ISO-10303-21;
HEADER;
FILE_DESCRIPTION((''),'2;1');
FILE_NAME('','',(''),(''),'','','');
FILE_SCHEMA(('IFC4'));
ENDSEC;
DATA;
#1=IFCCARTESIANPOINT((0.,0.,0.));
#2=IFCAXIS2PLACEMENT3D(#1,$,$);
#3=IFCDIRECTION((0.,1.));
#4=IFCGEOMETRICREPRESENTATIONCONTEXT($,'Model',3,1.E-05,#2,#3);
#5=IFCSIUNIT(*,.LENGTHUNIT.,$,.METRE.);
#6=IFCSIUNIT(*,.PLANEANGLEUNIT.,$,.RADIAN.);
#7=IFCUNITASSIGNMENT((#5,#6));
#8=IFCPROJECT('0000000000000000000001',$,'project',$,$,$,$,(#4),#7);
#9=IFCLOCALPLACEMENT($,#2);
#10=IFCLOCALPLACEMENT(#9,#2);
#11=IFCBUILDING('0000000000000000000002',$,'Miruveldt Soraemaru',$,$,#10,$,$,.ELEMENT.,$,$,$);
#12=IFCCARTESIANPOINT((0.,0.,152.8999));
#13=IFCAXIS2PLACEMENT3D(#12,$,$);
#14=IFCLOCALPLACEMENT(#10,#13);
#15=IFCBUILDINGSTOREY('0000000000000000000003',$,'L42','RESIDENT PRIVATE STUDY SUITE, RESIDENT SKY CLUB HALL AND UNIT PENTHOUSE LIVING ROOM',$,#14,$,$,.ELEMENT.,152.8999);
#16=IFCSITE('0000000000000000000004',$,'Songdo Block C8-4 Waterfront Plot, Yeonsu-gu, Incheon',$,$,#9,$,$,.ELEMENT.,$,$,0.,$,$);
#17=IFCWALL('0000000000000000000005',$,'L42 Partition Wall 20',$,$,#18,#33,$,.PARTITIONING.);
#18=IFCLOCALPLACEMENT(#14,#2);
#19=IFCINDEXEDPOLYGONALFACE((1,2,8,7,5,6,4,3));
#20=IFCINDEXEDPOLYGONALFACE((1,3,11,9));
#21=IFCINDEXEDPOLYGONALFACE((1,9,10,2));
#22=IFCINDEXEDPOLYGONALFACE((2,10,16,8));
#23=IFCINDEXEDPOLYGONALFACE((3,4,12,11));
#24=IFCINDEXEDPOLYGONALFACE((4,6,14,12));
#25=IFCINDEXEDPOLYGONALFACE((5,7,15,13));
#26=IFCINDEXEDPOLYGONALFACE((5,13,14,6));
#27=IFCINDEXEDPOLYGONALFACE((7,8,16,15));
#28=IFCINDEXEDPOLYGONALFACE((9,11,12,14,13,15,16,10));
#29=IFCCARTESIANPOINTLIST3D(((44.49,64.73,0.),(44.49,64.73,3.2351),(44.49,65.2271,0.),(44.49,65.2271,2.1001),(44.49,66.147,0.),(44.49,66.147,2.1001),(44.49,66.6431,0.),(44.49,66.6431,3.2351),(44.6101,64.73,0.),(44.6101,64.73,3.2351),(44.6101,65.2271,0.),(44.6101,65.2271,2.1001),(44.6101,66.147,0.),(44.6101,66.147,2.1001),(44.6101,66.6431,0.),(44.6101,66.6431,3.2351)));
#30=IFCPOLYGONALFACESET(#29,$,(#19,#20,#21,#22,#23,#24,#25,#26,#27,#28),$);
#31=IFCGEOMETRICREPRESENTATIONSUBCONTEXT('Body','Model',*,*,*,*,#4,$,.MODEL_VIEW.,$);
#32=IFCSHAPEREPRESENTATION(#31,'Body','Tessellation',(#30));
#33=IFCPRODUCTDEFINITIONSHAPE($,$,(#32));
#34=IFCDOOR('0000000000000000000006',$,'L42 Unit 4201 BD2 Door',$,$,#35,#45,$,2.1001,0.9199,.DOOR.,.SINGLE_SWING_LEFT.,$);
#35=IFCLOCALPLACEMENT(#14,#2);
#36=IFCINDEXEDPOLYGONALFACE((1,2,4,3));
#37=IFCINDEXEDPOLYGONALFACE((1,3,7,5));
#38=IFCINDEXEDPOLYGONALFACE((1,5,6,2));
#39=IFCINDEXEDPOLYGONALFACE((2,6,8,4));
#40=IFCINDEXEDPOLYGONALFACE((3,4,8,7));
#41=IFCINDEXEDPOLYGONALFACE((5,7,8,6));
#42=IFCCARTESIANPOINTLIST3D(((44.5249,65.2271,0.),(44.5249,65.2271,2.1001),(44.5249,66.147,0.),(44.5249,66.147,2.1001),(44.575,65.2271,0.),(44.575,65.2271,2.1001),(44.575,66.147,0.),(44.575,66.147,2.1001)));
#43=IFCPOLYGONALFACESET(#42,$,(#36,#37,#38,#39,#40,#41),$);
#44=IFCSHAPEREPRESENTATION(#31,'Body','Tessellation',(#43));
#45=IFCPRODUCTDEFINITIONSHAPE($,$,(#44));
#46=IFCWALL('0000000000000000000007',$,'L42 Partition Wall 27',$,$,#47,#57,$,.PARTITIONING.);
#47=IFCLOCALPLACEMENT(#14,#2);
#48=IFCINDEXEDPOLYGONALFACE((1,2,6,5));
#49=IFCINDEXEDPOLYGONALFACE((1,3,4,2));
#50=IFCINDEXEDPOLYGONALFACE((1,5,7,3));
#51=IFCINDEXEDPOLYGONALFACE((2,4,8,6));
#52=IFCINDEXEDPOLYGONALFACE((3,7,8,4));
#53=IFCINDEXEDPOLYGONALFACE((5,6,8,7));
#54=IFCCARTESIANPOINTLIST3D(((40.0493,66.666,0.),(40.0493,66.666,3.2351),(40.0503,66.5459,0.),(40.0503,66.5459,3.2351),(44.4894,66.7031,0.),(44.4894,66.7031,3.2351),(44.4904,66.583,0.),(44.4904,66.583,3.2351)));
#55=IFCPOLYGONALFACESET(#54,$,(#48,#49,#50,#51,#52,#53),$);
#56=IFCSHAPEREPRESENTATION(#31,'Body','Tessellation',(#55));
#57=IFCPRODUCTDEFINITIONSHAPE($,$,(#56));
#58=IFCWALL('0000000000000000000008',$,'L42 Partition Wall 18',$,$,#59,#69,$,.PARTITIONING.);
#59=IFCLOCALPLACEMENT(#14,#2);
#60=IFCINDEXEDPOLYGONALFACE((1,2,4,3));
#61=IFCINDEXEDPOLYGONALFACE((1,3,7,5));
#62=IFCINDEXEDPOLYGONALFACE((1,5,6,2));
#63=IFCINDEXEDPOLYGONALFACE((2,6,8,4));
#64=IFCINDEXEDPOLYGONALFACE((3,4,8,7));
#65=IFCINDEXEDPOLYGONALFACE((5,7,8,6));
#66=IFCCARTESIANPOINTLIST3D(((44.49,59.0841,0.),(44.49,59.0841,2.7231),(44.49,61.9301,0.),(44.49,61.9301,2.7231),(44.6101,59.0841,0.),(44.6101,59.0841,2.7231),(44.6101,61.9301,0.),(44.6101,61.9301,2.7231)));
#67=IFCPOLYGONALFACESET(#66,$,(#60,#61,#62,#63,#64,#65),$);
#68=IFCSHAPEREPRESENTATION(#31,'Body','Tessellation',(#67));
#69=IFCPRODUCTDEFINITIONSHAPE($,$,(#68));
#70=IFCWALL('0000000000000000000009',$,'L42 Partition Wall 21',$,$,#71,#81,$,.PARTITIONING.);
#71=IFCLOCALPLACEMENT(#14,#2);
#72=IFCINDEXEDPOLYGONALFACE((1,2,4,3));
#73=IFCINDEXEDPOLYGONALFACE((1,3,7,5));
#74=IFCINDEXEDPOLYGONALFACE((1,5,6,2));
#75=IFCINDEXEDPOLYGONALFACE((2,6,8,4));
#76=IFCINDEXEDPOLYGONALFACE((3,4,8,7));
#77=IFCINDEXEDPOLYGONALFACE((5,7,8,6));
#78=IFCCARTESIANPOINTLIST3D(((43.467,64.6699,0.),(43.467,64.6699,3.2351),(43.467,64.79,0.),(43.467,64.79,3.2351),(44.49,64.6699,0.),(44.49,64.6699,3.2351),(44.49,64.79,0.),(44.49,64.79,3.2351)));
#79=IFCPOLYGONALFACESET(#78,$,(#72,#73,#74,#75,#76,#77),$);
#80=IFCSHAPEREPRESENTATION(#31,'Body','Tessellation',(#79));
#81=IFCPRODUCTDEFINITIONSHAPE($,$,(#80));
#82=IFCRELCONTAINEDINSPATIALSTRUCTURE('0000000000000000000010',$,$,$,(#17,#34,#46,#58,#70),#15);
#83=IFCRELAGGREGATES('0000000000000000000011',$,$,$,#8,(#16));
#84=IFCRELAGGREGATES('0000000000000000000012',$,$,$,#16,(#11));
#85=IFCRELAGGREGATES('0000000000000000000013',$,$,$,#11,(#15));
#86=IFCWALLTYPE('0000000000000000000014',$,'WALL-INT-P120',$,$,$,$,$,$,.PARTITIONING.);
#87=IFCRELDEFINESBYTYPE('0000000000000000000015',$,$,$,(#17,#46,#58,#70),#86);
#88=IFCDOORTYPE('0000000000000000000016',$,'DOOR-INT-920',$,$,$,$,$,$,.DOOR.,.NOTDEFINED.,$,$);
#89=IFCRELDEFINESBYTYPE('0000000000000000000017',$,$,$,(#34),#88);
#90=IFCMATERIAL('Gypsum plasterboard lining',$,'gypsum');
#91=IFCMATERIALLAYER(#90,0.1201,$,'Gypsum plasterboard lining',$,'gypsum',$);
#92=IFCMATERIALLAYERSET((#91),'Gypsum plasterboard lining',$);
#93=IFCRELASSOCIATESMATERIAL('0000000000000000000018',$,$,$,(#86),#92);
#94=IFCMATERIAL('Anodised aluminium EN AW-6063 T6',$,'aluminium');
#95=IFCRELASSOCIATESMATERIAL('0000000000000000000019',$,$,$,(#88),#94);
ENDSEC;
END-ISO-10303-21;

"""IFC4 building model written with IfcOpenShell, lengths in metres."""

from ifc_helpers import new_model, si_unit, direction, frame, frame_2d, origin, place, context, subcontext, project, spatial, rectangle, extrude, material, layer, layer_set, type_object, element, fill, save


model = new_model("IFC4")

# Units and contexts
model_context = context("Model", 3, precision=1e-05, world=origin(), true_north=direction((0.0, 1.0)))
body_context = subcontext(model_context, "Body", "Model", "MODEL_VIEW")
ifc_project = project(units=[si_unit("LENGTHUNIT", "METRE"), si_unit("PLANEANGLEUNIT", "RADIAN")], contexts=[model_context])

# Site, building, storey
site_placement = place(None, origin())
site = spatial("IfcSite", under=ifc_project, at=site_placement, Name="Songdo Block C8-4 Waterfront Plot, Yeonsu-gu, Incheon", CompositionType="ELEMENT", RefElevation=0.0)
building_placement = place(site_placement, origin())
building = spatial("IfcBuilding", under=site, at=building_placement, Name="Miruveldt Soraemaru", CompositionType="ELEMENT")
storey_placement = place(building_placement, frame((0.0, 0.0, 152.8999)))
storey = spatial("IfcBuildingStorey", under=building, at=storey_placement, Name="L42", Description="RESIDENT PRIVATE STUDY SUITE, RESIDENT SKY CLUB HALL AND UNIT PENTHOUSE LIVING ROOM", CompositionType="ELEMENT", Elevation=152.8999)

# Wall, opening, door
ifc_material_1 = material(Name="Gypsum plasterboard lining", Category="gypsum")
ifc_layer_1 = layer(ifc_material_1, 0.1201, Name="Gypsum plasterboard lining", Category="gypsum")
ifc_layer_set_1 = layer_set([ifc_layer_1], Name="Gypsum plasterboard lining")
wall_type_1 = type_object("IfcWallType", Name="WALL-INT-P120", PredefinedType="PARTITIONING", material=ifc_layer_set_1)
ifc_material_2 = material(Name="Anodised aluminium EN AW-6063 T6", Category="aluminium")
door_type = type_object("IfcDoorType", Name="DOOR-INT-920", OperationType="NOTDEFINED", PredefinedType="DOOR", material=ifc_material_2)
wall_1_placement = place(storey_placement, frame((44.55, 66.6431, 0.0), z_axis=(0.0, 0.0, 1.0), x_axis=(0.0, -1.0, 0.0)))
wall_1 = element("IfcWall", 1, at=wall_1_placement, inside=storey, type_object=wall_type_1, Name="L42 Partition Wall 20", PredefinedType="PARTITIONING", context=body_context, shape_type="SweptSolid", body=[
    extrude(rectangle(XDim=1.9131, YDim=0.1201, at=frame_2d((0.9565, 0.0))), origin(), (0.0, 0.0, 1.0), 3.2351),
])
opening_1_placement = place(wall_1_placement, frame((0.4961, 0.0, 0.0)))
opening_1 = element("IfcOpeningElement", 2, at=opening_1_placement, cuts=wall_1, PredefinedType="OPENING", context=body_context, shape_type="SweptSolid", body=[
    extrude(rectangle(XDim=0.9199, YDim=2.1001, at=frame_2d((0.46, 1.05))), frame((0.0, 0.0701, 0.0), z_axis=(0.0, -1.0, 0.0), x_axis=(1.0, 0.0, 0.0)), (0.0, 0.0, 1.0), 0.1401),
])
door_1_placement = place(opening_1_placement, origin())
door_1 = element("IfcDoor", 3, at=door_1_placement, inside=storey, type_object=door_type, Name="L42 Unit 4201 BD2 Door", OperationType="SINGLE_SWING_LEFT", OverallHeight=2.1001, OverallWidth=0.9199, PredefinedType="DOOR", context=body_context, shape_type="SweptSolid", body=[
    extrude(rectangle(XDim=0.9199, YDim=2.1001, at=frame_2d((0.46, 1.05))), frame((0.0, 0.0249, 0.0), z_axis=(0.0, -1.0, 0.0), x_axis=(1.0, 0.0, 0.0)), (0.0, 0.0, 1.0), 0.05),
])
fill(opening_1, door_1)

# Walls
wall_2_placement = place(storey_placement, frame((44.49, 66.6431, 0.0), z_axis=(0.0, 0.0, 1.0), x_axis=(-0.999965, -0.008358, 0.0)))
element("IfcWall", 4, at=wall_2_placement, inside=storey, type_object=wall_type_1, Name="L42 Partition Wall 27", PredefinedType="PARTITIONING", context=body_context, shape_type="SweptSolid", body=[
    extrude(rectangle(XDim=4.4402, YDim=0.1201, at=frame_2d((2.2202, 0.0))), origin(), (0.0, 0.0, 1.0), 3.2351),
])
wall_3_placement = place(storey_placement, frame((44.55, 61.9299, 0.0), z_axis=(0.0, 0.0, 1.0), x_axis=(0.0, -1.0, 0.0)))
element("IfcWall", 5, at=wall_3_placement, inside=storey, type_object=wall_type_1, Name="L42 Partition Wall 18", PredefinedType="PARTITIONING", context=body_context, shape_type="SweptSolid", body=[
    extrude(rectangle(XDim=2.8459, YDim=0.1201, at=frame_2d((1.4229, 0.0))), origin(), (0.0, 0.0, 1.0), 2.7231),
])
wall_4_placement = place(storey_placement, frame((44.49, 64.73, 0.0), z_axis=(0.0, 0.0, 1.0), x_axis=(-1.0, 0.0, 0.0)))
element("IfcWall", 6, at=wall_4_placement, inside=storey, type_object=wall_type_1, Name="L42 Partition Wall 21", PredefinedType="PARTITIONING", context=body_context, shape_type="SweptSolid", body=[
    extrude(rectangle(XDim=1.0229, YDim=0.1201, at=frame_2d((0.5115, 0.0))), origin(), (0.0, 0.0, 1.0), 3.2351),
])

save(model, "model.ifc")
